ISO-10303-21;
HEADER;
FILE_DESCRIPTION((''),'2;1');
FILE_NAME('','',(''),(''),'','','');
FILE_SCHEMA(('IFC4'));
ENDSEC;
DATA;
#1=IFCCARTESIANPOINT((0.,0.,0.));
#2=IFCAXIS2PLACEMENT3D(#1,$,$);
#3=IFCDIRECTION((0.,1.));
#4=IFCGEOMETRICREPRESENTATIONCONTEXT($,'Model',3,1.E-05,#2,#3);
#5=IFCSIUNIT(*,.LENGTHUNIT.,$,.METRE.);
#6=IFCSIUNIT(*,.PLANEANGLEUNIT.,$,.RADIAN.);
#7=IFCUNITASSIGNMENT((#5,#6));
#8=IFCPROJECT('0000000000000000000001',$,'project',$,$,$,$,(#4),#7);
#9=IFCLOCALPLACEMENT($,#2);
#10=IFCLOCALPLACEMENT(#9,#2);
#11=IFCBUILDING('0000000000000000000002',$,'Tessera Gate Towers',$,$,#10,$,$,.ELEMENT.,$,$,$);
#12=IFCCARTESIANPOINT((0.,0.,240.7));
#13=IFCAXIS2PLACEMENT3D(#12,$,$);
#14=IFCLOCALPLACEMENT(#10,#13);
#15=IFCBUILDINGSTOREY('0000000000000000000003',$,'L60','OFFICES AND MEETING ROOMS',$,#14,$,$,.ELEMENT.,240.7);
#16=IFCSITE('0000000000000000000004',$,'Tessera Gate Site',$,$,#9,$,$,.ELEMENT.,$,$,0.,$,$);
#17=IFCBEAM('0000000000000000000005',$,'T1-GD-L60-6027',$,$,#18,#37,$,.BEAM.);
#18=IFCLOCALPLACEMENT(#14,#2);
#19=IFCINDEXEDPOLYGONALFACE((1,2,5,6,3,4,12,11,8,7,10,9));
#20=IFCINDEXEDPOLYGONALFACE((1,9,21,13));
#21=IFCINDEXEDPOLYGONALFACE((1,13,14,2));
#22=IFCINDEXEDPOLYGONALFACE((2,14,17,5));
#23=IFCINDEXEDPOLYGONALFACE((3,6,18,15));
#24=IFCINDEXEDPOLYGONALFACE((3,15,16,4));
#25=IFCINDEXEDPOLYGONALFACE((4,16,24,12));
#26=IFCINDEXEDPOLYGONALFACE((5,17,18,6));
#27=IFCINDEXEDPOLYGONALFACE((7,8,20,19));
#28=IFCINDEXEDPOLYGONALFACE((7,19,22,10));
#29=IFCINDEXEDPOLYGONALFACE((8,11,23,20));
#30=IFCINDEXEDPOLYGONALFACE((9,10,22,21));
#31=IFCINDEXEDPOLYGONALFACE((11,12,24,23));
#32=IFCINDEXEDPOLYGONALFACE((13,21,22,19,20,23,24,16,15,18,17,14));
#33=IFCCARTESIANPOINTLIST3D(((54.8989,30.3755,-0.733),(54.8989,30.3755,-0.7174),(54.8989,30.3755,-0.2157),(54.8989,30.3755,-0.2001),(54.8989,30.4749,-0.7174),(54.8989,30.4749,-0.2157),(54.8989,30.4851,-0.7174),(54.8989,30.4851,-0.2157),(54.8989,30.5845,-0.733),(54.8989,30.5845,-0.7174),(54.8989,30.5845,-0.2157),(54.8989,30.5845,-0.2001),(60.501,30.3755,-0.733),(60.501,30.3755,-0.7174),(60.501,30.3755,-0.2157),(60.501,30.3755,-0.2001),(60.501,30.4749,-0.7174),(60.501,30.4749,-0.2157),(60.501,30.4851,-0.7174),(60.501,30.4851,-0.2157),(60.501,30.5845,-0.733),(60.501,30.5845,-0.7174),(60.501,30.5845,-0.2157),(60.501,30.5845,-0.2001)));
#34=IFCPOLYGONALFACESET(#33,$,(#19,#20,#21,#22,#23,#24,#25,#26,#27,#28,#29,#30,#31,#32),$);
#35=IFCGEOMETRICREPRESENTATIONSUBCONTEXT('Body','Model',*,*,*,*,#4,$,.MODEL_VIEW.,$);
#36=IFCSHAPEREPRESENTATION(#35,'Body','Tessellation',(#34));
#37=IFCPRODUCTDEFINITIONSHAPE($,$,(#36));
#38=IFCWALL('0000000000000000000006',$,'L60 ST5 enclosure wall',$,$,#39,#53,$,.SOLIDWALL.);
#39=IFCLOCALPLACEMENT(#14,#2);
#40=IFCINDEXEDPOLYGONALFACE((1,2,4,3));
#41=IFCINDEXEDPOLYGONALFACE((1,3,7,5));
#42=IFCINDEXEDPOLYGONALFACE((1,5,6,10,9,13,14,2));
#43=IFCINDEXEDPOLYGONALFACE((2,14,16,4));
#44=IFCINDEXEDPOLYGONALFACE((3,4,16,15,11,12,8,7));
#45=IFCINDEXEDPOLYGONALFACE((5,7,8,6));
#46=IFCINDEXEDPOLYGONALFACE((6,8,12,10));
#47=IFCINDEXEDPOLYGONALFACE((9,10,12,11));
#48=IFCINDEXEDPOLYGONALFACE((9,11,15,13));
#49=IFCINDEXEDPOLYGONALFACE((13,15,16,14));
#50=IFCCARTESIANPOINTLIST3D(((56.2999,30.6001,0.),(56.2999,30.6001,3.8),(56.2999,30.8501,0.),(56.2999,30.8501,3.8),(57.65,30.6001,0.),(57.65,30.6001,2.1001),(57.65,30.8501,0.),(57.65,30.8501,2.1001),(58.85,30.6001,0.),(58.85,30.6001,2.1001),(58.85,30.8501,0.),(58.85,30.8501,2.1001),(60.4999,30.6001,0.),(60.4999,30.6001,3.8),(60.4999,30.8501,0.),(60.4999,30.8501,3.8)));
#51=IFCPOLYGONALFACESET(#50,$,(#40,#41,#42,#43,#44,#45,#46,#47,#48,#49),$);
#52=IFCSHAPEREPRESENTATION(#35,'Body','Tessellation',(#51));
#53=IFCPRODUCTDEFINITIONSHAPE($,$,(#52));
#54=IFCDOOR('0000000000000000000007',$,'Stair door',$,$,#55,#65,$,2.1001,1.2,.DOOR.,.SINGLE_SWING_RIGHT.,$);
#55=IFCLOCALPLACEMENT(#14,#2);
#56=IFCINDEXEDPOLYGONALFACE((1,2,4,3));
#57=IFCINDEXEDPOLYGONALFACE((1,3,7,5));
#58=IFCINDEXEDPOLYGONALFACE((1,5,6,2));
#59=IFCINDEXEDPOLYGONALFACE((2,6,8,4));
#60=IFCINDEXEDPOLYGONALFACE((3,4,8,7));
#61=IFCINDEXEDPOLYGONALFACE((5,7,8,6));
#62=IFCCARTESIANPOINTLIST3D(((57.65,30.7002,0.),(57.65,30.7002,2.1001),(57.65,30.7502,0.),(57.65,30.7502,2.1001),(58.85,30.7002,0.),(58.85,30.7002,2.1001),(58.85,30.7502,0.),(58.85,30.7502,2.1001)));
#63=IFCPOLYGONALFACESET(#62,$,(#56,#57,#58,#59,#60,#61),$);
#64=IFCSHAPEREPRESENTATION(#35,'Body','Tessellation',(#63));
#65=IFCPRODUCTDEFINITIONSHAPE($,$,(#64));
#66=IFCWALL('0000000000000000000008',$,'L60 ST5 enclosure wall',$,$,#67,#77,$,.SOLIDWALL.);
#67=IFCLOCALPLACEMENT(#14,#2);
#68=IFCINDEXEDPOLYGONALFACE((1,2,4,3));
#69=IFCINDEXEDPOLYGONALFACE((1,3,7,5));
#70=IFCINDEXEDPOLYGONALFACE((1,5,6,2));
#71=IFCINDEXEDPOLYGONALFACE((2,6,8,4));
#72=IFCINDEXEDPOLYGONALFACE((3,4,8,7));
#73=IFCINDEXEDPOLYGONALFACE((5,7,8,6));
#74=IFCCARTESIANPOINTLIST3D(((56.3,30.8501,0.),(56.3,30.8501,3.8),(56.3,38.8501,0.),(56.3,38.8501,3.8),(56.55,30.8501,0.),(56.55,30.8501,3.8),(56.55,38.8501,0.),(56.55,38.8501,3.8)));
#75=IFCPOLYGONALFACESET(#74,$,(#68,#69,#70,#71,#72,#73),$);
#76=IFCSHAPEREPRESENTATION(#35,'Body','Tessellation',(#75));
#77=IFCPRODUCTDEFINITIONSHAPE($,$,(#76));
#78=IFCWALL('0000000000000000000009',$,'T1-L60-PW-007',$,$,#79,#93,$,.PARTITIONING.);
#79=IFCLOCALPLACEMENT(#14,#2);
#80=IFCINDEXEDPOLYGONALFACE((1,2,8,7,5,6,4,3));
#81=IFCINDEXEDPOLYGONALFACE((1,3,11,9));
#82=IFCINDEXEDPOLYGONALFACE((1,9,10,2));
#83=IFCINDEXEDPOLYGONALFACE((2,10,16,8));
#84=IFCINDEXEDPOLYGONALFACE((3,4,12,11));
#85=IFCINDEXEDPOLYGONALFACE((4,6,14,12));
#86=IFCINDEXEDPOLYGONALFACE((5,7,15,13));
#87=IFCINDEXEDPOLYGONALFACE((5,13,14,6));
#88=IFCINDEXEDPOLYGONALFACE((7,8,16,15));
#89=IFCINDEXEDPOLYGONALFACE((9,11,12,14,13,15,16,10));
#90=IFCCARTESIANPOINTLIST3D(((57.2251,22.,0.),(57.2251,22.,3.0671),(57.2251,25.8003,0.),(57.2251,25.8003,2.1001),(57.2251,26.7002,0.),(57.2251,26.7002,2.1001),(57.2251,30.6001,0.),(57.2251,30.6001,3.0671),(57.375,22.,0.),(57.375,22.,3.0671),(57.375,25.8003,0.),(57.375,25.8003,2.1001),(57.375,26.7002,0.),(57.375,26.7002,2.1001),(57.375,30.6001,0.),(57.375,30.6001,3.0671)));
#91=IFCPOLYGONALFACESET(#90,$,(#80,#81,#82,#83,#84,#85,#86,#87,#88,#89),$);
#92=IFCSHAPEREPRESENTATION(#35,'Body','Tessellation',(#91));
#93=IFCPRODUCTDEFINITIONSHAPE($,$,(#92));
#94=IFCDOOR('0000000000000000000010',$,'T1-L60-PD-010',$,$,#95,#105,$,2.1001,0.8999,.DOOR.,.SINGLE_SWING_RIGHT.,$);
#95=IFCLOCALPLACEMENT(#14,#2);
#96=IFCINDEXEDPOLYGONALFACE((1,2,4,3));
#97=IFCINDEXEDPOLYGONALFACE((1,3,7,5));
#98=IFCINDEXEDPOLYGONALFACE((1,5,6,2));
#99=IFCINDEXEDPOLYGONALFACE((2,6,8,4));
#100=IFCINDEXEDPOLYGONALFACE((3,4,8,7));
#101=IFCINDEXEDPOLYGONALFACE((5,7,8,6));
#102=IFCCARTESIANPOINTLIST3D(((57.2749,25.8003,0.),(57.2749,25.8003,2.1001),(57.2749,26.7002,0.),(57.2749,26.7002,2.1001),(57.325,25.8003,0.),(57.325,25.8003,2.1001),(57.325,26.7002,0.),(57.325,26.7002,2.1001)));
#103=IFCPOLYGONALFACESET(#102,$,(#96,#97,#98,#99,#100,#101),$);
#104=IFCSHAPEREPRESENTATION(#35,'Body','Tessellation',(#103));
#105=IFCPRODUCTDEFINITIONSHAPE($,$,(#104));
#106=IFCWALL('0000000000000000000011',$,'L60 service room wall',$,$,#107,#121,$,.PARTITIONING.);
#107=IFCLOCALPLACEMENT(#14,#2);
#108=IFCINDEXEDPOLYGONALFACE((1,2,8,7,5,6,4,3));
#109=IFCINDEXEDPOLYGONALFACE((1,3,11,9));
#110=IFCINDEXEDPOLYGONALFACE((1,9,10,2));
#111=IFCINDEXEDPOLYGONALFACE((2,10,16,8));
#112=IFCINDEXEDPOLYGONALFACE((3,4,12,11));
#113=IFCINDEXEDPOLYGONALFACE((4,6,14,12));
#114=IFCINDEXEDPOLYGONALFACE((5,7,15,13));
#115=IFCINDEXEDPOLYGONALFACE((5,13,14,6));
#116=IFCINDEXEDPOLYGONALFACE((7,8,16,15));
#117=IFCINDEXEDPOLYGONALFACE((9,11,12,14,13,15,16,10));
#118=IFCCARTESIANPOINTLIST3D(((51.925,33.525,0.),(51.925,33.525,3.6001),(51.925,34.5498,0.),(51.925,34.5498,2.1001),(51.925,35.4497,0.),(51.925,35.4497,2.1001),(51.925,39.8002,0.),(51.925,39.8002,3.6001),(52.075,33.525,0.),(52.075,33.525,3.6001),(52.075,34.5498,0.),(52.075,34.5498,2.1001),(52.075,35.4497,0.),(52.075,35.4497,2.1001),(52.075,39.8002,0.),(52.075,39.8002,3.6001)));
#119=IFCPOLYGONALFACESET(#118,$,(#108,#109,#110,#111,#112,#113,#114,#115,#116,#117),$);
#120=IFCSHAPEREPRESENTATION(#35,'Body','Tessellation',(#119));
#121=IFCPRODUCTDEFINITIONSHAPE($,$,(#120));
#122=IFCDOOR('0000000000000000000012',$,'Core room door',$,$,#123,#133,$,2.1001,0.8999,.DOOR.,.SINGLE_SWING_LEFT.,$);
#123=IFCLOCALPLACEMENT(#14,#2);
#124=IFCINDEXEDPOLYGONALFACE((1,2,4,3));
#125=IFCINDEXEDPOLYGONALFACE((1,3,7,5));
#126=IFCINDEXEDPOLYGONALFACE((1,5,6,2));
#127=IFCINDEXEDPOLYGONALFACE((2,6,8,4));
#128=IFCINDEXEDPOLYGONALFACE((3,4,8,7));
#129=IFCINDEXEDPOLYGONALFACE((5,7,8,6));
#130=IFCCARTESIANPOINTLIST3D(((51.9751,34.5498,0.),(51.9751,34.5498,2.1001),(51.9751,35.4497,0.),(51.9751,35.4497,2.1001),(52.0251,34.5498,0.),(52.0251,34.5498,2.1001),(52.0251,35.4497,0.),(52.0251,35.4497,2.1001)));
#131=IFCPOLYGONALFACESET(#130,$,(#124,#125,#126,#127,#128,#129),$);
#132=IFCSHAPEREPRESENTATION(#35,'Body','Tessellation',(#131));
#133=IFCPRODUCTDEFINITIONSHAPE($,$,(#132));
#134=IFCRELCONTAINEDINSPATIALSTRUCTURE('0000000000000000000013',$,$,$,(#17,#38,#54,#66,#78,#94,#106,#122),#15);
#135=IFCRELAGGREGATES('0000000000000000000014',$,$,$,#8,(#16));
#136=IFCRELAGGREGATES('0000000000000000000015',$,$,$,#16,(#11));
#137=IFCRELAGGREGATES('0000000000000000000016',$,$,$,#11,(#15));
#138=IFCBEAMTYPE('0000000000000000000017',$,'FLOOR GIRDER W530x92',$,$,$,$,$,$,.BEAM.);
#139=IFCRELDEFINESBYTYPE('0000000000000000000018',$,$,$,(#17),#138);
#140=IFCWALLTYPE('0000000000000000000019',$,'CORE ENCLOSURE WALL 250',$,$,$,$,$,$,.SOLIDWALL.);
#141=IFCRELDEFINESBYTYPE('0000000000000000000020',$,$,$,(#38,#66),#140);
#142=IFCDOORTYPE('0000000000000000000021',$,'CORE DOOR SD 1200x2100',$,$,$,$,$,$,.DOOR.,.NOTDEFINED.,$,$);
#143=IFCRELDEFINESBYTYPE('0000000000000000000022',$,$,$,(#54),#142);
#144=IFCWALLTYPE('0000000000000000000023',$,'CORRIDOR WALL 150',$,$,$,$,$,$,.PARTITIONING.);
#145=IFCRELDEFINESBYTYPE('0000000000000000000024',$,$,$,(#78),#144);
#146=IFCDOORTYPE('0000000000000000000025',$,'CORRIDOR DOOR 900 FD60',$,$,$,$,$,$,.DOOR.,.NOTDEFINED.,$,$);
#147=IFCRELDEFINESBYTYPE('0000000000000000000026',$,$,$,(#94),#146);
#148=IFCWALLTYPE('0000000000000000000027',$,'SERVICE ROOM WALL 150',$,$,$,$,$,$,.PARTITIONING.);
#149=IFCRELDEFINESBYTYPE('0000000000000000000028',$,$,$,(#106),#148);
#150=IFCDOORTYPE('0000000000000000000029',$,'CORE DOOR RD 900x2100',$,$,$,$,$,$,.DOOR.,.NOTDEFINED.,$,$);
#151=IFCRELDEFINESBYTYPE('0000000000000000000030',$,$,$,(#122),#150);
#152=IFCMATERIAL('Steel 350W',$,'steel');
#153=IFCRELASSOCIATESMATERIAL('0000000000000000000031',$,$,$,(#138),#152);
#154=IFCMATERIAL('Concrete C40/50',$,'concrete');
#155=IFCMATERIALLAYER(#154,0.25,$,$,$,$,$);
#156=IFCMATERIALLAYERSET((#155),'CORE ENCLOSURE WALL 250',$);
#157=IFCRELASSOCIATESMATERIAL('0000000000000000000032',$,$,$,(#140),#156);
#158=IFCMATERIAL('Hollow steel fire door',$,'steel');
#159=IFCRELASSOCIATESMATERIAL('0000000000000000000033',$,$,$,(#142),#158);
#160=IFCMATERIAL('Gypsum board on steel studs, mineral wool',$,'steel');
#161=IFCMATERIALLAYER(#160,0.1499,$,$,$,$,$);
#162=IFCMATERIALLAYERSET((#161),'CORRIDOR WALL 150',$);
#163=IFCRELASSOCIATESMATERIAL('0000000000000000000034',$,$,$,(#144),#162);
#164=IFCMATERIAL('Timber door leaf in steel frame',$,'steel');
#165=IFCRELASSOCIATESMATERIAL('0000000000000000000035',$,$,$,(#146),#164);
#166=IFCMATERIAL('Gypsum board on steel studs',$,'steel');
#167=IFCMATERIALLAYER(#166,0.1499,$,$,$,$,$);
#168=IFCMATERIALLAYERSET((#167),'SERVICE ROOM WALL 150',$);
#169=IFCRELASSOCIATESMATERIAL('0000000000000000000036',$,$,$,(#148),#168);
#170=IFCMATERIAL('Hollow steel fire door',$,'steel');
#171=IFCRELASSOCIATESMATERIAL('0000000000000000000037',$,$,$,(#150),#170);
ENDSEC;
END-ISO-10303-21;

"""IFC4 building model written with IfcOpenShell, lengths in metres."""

from ifc_helpers import new_model, si_unit, direction, frame, frame_2d, origin, origin_2d, place, context, subcontext, project, spatial, rectangle, i_section, extrude, source, transform, mapped, material, layer, layer_set, material_profile, profile_set, type_object, element, fill, save


model = new_model("IFC4")

# Units and contexts
model_context = context("Model", 3, precision=1e-05, world=origin(), true_north=direction((0.0, 1.0)))
body_context = subcontext(model_context, "Body", "Model", "MODEL_VIEW")
ifc_project = project(units=[si_unit("LENGTHUNIT", "METRE"), si_unit("PLANEANGLEUNIT", "RADIAN")], contexts=[model_context])

# Site, building, storey
site_placement = place(None, origin())
site = spatial("IfcSite", under=ifc_project, at=site_placement, Name="Tessera Gate Site", CompositionType="ELEMENT", RefElevation=0.0)
building_placement = place(site_placement, origin())
building = spatial("IfcBuilding", under=site, at=building_placement, Name="Tessera Gate Towers", CompositionType="ELEMENT")
storey_placement = place(building_placement, frame((0.0, 0.0, 240.7)))
storey = spatial("IfcBuildingStorey", under=building, at=storey_placement, Name="L60", Description="OFFICES AND MEETING ROOMS", CompositionType="ELEMENT", Elevation=240.7)

# Beam
ifc_material_1 = material(Name="Steel 350W", Category="steel")
ifc_material_profile = material_profile(ifc_material_1, i_section(OverallWidth=0.209, OverallDepth=0.533, WebThickness=0.0103, FlangeThickness=0.0156, at=origin_2d()), Name="W530x92")
ifc_profile_set = profile_set([ifc_material_profile], Name="Steel 350W")
beam_type = type_object("IfcBeamType", Name="FLOOR GIRDER W530x92", PredefinedType="BEAM", material=ifc_profile_set)
beam_placement = place(storey_placement, frame((54.8989, 30.48, -0.4666), z_axis=(1.0, 0.0, 0.0), x_axis=(0.0, 1.0, 0.0)))
element("IfcBeam", 1, at=beam_placement, inside=storey, type_object=beam_type, Name="T1-GD-L60-6027", PredefinedType="BEAM", context=body_context, shape_type="SweptSolid", body=[
    extrude(i_section(OverallWidth=0.209, OverallDepth=0.533, WebThickness=0.0103, FlangeThickness=0.0156, at=origin_2d()), origin(), (0.0, 0.0, 1.0), 5.6021),
])

# Wall, opening, door
ifc_material_2 = material(Name="Concrete C40/50", Category="concrete")
ifc_layer_1 = layer(ifc_material_2, 0.25)
ifc_layer_set_1 = layer_set([ifc_layer_1], Name="CORE ENCLOSURE WALL 250")
wall_type_1 = type_object("IfcWallType", Name="CORE ENCLOSURE WALL 250", PredefinedType="SOLIDWALL", material=ifc_layer_set_1)
wall_1_placement = place(storey_placement, frame((60.5, 30.7251, 0.0), z_axis=(0.0, 0.0, 1.0), x_axis=(-1.0, 0.0, 0.0)))
wall_1 = element("IfcWall", 2, at=wall_1_placement, inside=storey, type_object=wall_type_1, Name="L60 ST5 enclosure wall", PredefinedType="SOLIDWALL", context=body_context, shape_type="SweptSolid", body=[
    extrude(rectangle(XDim=4.2, YDim=0.25, at=frame_2d((2.1001, 0.0))), origin(), (0.0, 0.0, 1.0), 3.8),
])
shared_shape_1 = source(origin(), body_context, "Body", "SweptSolid", [
    extrude(rectangle(XDim=1.2, YDim=2.1001, at=frame_2d((0.6001, 1.05))), frame((0.0, 0.135, 0.0), z_axis=(0.0, -1.0, 0.0), x_axis=(1.0, 0.0, 0.0)), (0.0, 0.0, 1.0), 0.27),
])
opening_1_placement = place(wall_1_placement, frame((1.6499, 0.0, 0.0)))
opening_1 = element("IfcOpeningElement", 3, at=opening_1_placement, cuts=wall_1, PredefinedType="OPENING", context=body_context, shape_type="MappedRepresentation", body=[
    mapped(shared_shape_1, transform((0.0, 0.0, 0.0), scale=1.0)),
])
ifc_material_3 = material(Name="Hollow steel fire door", Category="steel")
door_type_1 = type_object("IfcDoorType", Name="CORE DOOR SD 1200x2100", OperationType="NOTDEFINED", PredefinedType="DOOR", material=ifc_material_3)
shared_shape_2 = source(origin(), body_context, "Body", "SweptSolid", [
    extrude(rectangle(XDim=1.2, YDim=2.1001, at=frame_2d((0.6001, 1.05))), frame((0.0, 0.0249, 0.0), z_axis=(0.0, -1.0, 0.0), x_axis=(1.0, 0.0, 0.0)), (0.0, 0.0, 1.0), 0.05),
])
door_1_placement = place(opening_1_placement, origin())
door_1 = element("IfcDoor", 4, at=door_1_placement, inside=storey, type_object=door_type_1, Name="Stair door", OperationType="SINGLE_SWING_RIGHT", OverallHeight=2.1001, OverallWidth=1.2, PredefinedType="DOOR", context=body_context, shape_type="MappedRepresentation", body=[
    mapped(shared_shape_2, transform((0.0, 0.0, 0.0), scale=1.0)),
])
fill(opening_1, door_1)

# Wall
wall_2_placement = place(storey_placement, frame((56.425, 30.8501, 0.0), z_axis=(0.0, 0.0, 1.0), x_axis=(0.0, 1.0, 0.0)))
element("IfcWall", 5, at=wall_2_placement, inside=storey, type_object=wall_type_1, Name="L60 ST5 enclosure wall", PredefinedType="SOLIDWALL", context=body_context, shape_type="SweptSolid", body=[
    extrude(rectangle(XDim=8.0, YDim=0.25, at=frame_2d((4.0, 0.0))), origin(), (0.0, 0.0, 1.0), 3.8),
])

# Walls, openings, doors
ifc_material_4 = material(Name="Gypsum board on steel studs, mineral wool", Category="steel")
ifc_layer_2 = layer(ifc_material_4, 0.1499)
ifc_layer_set_2 = layer_set([ifc_layer_2], Name="CORRIDOR WALL 150")
wall_type_2 = type_object("IfcWallType", Name="CORRIDOR WALL 150", PredefinedType="PARTITIONING", material=ifc_layer_set_2)
wall_3_placement = place(storey_placement, frame((57.3, 30.6001, 0.0), z_axis=(0.0, 0.0, 1.0), x_axis=(0.0, -1.0, 0.0)))
wall_3 = element("IfcWall", 6, at=wall_3_placement, inside=storey, type_object=wall_type_2, Name="T1-L60-PW-007", PredefinedType="PARTITIONING", context=body_context, shape_type="SweptSolid", body=[
    extrude(rectangle(XDim=8.6001, YDim=0.1499, at=frame_2d((4.3, 0.0))), origin(), (0.0, 0.0, 1.0), 3.0671),
])
shared_shape_3 = source(origin(), body_context, "Body", "SweptSolid", [
    extrude(rectangle(XDim=0.8999, YDim=2.1001, at=frame_2d((0.45, 1.05))), frame((0.0, 0.085, 0.0), z_axis=(0.0, -1.0, 0.0), x_axis=(1.0, 0.0, 0.0)), (0.0, 0.0, 1.0), 0.1699),
])
opening_2_placement = place(wall_3_placement, frame((3.8999, 0.0, 0.0)))
opening_2 = element("IfcOpeningElement", 7, at=opening_2_placement, cuts=wall_3, PredefinedType="OPENING", context=body_context, shape_type="MappedRepresentation", body=[
    mapped(shared_shape_3, transform((0.0, 0.0, 0.0), scale=1.0)),
])
ifc_material_5 = material(Name="Timber door leaf in steel frame", Category="steel")
door_type_2 = type_object("IfcDoorType", Name="CORRIDOR DOOR 900 FD60", OperationType="NOTDEFINED", PredefinedType="DOOR", material=ifc_material_5)
shared_shape_4 = source(origin(), body_context, "Body", "SweptSolid", [
    extrude(rectangle(XDim=0.8999, YDim=2.1001, at=frame_2d((0.45, 1.05))), frame((0.0, 0.0249, 0.0), z_axis=(0.0, -1.0, 0.0), x_axis=(1.0, 0.0, 0.0)), (0.0, 0.0, 1.0), 0.05),
])
door_2_placement = place(opening_2_placement, origin())
door_2 = element("IfcDoor", 8, at=door_2_placement, inside=storey, type_object=door_type_2, Name="T1-L60-PD-010", OperationType="SINGLE_SWING_RIGHT", OverallHeight=2.1001, OverallWidth=0.8999, PredefinedType="DOOR", context=body_context, shape_type="MappedRepresentation", body=[
    mapped(shared_shape_4, transform((0.0, 0.0, 0.0), scale=1.0)),
])
fill(opening_2, door_2)
ifc_material_6 = material(Name="Gypsum board on steel studs", Category="steel")
ifc_layer_3 = layer(ifc_material_6, 0.1499)
ifc_layer_set_3 = layer_set([ifc_layer_3], Name="SERVICE ROOM WALL 150")
wall_type_3 = type_object("IfcWallType", Name="SERVICE ROOM WALL 150", PredefinedType="PARTITIONING", material=ifc_layer_set_3)
wall_4_placement = place(storey_placement, frame((52.0, 33.5249, 0.0), z_axis=(0.0, 0.0, 1.0), x_axis=(0.0, 1.0, 0.0)))
wall_4 = element("IfcWall", 9, at=wall_4_placement, inside=storey, type_object=wall_type_3, Name="L60 service room wall", PredefinedType="PARTITIONING", context=body_context, shape_type="SweptSolid", body=[
    extrude(rectangle(XDim=6.2751, YDim=0.1499, at=frame_2d((3.1377, 0.0))), origin(), (0.0, 0.0, 1.0), 3.6001),
])
opening_3_placement = place(wall_4_placement, frame((1.0249, 0.0, 0.0)))
opening_3 = element("IfcOpeningElement", 10, at=opening_3_placement, cuts=wall_4, PredefinedType="OPENING", context=body_context, shape_type="MappedRepresentation", body=[
    mapped(shared_shape_3, transform((0.0, 0.0, 0.0), scale=1.0)),
])
ifc_material_7 = material(Name="Hollow steel fire door", Category="steel")
door_type_3 = type_object("IfcDoorType", Name="CORE DOOR RD 900x2100", OperationType="NOTDEFINED", PredefinedType="DOOR", material=ifc_material_7)
door_3_placement = place(opening_3_placement, origin())
door_3 = element("IfcDoor", 11, at=door_3_placement, inside=storey, type_object=door_type_3, Name="Core room door", OperationType="SINGLE_SWING_LEFT", OverallHeight=2.1001, OverallWidth=0.8999, PredefinedType="DOOR", context=body_context, shape_type="MappedRepresentation", body=[
    mapped(shared_shape_4, transform((0.0, 0.0, 0.0), scale=1.0)),
])
fill(opening_3, door_3)

save(model, "model.ifc")
